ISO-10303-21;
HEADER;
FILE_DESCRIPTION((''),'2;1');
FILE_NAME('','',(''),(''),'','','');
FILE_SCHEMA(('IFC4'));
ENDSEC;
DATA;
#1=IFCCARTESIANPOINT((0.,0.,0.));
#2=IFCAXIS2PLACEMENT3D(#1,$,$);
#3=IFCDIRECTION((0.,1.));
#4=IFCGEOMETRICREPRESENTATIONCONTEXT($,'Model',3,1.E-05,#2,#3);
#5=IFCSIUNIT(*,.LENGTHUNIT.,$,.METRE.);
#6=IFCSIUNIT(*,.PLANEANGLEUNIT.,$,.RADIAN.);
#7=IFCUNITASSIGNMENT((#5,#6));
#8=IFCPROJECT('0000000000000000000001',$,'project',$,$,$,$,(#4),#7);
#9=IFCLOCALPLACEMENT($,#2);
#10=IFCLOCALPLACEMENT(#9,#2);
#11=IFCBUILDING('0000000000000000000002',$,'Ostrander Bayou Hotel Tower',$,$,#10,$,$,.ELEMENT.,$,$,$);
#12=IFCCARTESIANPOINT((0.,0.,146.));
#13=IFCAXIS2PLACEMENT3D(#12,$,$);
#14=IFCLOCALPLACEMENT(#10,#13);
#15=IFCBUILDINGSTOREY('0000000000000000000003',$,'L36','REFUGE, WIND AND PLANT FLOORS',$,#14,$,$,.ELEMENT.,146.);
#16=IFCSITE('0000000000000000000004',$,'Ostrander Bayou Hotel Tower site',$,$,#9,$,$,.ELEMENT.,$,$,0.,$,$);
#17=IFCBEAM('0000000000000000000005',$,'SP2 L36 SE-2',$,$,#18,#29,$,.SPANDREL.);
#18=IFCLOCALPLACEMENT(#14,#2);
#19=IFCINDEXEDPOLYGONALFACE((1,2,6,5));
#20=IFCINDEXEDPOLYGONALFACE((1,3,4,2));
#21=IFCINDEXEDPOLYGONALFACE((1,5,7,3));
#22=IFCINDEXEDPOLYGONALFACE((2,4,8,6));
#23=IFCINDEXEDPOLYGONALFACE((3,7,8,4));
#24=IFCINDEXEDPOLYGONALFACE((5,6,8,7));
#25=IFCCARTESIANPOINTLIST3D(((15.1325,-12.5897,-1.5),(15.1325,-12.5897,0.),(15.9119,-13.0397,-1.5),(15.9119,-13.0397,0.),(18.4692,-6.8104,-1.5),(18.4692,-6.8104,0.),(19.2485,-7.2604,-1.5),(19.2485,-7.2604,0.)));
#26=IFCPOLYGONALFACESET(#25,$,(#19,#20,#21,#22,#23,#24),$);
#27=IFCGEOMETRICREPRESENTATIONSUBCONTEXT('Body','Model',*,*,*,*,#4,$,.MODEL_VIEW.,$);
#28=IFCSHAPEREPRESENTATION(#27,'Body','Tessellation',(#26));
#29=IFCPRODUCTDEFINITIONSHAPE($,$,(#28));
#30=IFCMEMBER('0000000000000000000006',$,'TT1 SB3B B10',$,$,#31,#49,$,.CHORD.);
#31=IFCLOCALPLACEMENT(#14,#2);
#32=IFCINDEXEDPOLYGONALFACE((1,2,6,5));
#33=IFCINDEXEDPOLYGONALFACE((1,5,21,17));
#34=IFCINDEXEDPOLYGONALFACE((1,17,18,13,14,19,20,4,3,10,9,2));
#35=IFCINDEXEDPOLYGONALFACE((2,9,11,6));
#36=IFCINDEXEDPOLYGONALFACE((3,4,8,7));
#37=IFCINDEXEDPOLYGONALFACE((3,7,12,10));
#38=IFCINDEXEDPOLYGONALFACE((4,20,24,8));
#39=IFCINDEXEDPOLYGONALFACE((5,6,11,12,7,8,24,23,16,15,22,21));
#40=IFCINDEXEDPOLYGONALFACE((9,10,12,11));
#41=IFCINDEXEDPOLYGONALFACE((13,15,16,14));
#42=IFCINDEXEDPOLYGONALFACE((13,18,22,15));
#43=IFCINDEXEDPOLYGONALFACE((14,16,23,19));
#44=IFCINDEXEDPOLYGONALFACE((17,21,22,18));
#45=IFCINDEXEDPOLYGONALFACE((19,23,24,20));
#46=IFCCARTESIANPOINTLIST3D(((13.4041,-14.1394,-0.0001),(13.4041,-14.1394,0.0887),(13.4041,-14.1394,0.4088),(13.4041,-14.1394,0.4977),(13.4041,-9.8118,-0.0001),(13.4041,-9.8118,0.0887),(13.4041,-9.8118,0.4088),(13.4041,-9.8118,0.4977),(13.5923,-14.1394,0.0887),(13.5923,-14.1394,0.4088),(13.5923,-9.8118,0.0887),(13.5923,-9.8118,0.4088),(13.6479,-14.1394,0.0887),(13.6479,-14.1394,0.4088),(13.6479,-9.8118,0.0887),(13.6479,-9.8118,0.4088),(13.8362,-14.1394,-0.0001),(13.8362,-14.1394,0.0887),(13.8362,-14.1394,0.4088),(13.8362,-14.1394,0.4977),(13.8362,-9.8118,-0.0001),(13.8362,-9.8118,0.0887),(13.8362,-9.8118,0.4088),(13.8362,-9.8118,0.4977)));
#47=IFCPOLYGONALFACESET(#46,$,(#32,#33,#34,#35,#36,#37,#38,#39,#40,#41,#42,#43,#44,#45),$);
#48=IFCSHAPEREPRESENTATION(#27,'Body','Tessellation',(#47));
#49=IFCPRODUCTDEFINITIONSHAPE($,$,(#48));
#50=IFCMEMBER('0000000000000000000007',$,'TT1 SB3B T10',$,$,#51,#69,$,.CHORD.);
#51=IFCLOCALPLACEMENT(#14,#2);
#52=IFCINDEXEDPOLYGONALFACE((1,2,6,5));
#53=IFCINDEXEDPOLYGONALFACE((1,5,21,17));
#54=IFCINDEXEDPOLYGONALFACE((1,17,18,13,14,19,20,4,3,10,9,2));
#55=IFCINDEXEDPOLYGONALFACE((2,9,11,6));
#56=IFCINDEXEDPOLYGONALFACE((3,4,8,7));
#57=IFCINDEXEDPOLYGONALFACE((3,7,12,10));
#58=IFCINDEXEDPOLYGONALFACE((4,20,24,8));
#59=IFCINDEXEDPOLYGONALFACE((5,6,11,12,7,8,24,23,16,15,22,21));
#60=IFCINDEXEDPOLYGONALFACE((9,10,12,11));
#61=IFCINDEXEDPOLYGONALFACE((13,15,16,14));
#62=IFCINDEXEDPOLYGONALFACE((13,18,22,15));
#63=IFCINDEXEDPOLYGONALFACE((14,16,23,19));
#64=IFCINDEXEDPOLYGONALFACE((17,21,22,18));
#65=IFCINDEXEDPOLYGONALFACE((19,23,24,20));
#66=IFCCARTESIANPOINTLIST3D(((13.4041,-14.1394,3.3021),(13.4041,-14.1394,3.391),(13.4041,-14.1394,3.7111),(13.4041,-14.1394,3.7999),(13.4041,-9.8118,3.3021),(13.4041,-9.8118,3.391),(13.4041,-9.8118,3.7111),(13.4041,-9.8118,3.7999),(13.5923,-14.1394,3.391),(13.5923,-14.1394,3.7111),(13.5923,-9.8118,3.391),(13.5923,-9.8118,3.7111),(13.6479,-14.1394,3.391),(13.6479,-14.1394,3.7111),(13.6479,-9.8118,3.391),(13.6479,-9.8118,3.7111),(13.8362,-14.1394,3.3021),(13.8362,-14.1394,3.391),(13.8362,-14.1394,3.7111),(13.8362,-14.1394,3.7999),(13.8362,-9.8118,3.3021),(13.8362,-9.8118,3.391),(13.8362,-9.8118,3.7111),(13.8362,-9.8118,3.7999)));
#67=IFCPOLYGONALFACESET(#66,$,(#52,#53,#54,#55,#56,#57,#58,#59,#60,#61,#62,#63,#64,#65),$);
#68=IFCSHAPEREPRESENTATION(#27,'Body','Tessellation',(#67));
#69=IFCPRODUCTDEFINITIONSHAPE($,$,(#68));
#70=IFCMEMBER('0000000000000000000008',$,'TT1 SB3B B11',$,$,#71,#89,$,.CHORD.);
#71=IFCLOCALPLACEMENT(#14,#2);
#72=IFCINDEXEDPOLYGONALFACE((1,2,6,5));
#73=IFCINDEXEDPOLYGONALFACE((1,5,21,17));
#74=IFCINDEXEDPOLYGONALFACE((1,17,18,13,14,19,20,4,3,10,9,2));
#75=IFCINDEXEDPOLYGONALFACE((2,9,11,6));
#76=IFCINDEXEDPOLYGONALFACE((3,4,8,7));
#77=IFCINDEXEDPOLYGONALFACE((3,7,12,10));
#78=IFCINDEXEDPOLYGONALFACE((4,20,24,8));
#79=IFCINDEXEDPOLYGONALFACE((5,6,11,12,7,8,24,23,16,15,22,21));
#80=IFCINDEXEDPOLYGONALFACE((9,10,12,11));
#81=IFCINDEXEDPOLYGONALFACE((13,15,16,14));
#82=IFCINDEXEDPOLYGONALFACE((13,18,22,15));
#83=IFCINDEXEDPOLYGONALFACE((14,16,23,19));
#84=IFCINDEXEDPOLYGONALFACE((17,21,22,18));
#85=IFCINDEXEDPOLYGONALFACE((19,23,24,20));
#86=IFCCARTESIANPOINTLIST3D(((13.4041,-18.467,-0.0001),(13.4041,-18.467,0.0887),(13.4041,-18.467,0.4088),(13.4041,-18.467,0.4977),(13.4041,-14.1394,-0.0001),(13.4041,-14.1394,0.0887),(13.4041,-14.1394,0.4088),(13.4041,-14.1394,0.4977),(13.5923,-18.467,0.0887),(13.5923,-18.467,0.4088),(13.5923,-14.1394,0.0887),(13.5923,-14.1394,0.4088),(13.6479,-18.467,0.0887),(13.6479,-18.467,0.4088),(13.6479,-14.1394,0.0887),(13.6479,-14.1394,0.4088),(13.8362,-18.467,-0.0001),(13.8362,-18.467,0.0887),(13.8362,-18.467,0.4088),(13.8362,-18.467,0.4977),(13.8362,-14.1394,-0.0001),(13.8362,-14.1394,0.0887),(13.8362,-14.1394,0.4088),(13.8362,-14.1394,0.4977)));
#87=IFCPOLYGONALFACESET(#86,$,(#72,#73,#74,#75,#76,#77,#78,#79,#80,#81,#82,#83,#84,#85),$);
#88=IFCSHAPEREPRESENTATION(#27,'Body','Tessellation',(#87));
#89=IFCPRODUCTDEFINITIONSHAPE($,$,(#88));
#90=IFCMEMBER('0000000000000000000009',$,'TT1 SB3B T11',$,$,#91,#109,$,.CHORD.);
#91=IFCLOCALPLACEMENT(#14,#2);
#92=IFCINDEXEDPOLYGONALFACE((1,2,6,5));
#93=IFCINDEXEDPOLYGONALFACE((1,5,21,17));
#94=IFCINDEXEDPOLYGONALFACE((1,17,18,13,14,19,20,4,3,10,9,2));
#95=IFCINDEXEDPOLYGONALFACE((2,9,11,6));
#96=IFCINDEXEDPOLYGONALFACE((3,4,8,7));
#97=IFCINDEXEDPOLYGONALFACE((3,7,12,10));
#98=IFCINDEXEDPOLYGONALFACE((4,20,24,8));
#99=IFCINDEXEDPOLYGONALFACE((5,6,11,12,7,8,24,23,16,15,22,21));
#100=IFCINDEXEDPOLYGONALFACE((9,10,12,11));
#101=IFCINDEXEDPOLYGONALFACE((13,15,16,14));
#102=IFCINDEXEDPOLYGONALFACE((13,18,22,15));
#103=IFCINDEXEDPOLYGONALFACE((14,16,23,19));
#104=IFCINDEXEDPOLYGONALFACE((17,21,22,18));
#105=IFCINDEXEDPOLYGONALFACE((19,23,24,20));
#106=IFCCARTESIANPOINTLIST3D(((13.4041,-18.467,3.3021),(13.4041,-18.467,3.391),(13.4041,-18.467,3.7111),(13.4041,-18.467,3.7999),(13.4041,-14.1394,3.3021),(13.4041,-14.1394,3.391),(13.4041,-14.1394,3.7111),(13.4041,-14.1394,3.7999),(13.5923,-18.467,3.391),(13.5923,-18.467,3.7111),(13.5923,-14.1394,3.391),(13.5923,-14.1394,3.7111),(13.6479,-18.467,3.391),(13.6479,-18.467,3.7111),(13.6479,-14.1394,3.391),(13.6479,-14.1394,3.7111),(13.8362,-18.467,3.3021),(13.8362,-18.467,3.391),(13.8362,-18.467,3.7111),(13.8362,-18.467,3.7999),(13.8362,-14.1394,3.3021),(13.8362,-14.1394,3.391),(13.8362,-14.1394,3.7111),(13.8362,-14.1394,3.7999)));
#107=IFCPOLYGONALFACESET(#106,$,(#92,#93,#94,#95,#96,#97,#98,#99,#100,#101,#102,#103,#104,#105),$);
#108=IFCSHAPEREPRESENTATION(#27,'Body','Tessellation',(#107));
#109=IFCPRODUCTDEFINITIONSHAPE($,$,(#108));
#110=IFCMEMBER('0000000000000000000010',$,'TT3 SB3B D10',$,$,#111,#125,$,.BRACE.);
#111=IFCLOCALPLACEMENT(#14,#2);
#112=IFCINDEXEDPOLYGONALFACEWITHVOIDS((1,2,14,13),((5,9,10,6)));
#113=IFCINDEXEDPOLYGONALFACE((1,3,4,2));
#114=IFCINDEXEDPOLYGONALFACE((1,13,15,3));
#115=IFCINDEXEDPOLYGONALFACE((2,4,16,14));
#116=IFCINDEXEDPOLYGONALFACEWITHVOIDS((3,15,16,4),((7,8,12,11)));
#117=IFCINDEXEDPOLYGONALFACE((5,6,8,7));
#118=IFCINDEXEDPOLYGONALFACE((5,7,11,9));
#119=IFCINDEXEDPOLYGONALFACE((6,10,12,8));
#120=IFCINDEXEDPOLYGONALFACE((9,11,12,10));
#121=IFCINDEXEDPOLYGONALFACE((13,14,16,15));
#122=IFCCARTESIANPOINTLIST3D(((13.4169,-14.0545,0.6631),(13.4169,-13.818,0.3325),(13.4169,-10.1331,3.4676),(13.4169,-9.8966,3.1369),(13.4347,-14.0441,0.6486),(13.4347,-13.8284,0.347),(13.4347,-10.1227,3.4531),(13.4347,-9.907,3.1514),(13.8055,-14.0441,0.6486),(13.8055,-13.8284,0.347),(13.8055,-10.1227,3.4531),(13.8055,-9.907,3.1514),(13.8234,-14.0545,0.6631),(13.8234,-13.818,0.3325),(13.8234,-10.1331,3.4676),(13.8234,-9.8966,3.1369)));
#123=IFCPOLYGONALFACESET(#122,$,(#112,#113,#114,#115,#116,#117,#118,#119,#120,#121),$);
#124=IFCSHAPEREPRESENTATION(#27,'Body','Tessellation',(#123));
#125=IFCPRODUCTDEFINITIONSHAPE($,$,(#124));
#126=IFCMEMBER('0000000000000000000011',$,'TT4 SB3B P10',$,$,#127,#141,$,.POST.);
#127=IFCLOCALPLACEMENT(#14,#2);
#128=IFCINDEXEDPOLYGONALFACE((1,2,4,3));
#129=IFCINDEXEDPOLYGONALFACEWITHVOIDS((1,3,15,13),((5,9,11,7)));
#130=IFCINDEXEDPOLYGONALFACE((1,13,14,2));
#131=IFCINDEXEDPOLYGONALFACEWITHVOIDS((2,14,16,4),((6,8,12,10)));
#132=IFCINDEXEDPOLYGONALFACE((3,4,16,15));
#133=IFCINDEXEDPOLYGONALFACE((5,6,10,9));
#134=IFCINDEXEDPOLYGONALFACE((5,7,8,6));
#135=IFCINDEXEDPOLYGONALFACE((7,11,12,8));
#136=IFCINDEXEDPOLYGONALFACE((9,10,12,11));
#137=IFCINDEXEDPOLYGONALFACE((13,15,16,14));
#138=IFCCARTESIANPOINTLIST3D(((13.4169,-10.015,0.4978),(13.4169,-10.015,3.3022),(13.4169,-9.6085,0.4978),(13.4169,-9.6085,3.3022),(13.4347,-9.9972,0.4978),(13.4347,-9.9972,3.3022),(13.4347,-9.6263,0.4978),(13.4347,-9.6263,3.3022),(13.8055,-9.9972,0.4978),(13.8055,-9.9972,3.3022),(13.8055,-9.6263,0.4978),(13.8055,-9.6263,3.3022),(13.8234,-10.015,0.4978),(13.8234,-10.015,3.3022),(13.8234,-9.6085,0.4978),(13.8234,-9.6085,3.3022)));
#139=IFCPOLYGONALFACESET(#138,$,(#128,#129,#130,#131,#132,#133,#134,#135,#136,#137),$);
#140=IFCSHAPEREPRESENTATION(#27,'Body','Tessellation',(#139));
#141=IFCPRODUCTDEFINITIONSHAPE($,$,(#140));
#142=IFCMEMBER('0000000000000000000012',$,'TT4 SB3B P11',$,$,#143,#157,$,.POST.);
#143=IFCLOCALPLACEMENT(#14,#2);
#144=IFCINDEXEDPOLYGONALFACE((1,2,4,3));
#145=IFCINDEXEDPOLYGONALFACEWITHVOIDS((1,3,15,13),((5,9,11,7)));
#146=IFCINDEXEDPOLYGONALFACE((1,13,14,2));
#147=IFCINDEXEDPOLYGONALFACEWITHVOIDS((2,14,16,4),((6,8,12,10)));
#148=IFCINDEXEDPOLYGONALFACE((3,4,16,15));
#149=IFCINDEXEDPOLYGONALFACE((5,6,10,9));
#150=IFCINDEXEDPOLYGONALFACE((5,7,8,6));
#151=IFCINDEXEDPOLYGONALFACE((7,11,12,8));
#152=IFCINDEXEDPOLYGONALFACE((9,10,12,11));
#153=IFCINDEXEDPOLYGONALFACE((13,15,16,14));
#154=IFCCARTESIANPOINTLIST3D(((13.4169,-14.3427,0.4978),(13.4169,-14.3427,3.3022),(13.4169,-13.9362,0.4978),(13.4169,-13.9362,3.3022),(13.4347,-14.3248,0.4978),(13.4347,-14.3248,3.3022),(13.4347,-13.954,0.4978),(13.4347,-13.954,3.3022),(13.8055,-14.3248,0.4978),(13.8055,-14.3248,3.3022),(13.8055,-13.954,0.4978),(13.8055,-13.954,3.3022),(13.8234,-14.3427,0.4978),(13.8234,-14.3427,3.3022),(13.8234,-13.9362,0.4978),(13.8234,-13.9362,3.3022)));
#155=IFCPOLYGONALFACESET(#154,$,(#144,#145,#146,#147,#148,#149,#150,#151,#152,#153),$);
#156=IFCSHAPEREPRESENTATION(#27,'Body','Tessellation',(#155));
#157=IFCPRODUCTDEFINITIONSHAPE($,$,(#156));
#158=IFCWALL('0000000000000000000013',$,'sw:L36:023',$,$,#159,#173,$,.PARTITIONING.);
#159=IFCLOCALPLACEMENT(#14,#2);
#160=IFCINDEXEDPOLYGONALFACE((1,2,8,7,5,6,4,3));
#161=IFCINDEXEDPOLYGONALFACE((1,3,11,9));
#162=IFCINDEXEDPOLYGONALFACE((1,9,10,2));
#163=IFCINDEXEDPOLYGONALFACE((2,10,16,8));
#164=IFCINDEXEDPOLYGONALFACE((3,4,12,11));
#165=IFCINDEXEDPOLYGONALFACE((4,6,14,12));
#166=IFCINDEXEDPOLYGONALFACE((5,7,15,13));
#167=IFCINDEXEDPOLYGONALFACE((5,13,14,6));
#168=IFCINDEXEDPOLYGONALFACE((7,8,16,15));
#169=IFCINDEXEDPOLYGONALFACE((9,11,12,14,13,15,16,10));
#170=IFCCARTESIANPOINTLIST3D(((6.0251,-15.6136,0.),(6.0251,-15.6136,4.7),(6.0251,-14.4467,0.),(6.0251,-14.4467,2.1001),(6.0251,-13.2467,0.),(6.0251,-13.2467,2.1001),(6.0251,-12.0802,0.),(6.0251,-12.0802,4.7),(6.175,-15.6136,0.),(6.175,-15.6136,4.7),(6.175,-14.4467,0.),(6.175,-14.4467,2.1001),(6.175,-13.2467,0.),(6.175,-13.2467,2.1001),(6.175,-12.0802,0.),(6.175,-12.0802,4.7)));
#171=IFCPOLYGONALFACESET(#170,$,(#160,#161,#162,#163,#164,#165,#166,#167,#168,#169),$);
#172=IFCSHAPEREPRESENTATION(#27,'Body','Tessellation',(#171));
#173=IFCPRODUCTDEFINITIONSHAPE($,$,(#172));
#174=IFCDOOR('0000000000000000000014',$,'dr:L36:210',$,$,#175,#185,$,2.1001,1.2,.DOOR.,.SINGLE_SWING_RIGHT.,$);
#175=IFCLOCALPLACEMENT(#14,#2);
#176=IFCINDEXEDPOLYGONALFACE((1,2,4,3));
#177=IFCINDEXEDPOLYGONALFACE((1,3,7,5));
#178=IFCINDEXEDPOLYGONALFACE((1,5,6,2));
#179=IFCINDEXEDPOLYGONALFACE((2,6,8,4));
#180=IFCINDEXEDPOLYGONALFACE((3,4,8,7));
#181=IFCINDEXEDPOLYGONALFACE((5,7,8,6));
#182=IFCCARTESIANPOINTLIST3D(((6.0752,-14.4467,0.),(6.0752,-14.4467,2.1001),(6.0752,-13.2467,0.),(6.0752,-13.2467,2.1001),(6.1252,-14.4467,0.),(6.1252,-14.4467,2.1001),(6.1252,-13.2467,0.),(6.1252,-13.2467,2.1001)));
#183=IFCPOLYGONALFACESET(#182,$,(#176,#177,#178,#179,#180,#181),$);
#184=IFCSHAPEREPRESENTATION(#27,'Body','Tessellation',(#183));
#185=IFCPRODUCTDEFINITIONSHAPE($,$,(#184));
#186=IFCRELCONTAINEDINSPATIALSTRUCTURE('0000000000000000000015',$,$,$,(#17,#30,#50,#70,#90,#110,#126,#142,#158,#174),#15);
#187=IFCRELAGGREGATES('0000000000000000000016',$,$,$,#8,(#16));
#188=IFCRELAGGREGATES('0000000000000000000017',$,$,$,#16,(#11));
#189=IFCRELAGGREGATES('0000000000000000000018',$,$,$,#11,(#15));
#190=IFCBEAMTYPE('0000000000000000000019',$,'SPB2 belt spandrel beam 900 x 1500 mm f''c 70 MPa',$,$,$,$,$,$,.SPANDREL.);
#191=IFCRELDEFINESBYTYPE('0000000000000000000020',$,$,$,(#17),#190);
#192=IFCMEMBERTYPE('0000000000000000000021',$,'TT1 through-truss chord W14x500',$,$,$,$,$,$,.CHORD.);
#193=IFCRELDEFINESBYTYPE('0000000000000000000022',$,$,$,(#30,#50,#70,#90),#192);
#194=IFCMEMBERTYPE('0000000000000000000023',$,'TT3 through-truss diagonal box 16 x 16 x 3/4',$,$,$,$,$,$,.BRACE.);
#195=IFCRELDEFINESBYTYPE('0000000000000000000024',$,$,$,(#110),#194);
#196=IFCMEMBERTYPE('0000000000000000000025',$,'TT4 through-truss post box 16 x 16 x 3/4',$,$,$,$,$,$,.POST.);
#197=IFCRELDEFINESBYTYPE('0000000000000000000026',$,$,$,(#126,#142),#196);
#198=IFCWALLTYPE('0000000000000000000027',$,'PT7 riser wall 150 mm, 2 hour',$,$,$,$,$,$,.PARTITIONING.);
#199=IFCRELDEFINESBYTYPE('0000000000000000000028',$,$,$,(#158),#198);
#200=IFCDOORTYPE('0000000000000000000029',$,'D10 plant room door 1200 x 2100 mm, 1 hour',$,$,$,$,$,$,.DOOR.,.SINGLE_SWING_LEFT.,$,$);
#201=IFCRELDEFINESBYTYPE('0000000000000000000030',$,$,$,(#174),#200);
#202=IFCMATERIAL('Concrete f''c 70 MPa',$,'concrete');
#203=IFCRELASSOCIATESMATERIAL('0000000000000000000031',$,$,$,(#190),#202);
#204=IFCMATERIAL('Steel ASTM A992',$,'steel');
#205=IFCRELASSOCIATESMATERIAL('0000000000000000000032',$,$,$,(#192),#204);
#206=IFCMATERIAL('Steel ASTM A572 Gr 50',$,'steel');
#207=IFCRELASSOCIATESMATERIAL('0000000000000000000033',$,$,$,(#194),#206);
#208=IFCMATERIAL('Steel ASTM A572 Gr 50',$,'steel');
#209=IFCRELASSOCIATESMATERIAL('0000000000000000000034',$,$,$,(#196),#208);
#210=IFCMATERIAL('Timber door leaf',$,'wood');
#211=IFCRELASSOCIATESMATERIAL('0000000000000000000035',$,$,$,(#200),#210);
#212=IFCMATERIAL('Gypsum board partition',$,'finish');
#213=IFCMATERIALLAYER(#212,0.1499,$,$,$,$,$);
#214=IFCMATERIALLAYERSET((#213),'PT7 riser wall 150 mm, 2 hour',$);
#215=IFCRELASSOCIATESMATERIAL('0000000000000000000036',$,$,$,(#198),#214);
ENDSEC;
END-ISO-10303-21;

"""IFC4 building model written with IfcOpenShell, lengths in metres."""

from ifc_helpers import new_model, si_unit, direction, frame, frame_2d, origin, origin_2d, place, context, subcontext, project, spatial, rectangle, hollow_rectangle, i_section, extrude, material, layer, layer_set, material_profile, profile_set, type_object, element, fill, save


model = new_model("IFC4")

# Units and contexts
model_context = context("Model", 3, precision=1e-05, world=origin(), true_north=direction((0.0, 1.0)))
body_context = subcontext(model_context, "Body", "Model", "MODEL_VIEW")
ifc_project = project(units=[si_unit("LENGTHUNIT", "METRE"), si_unit("PLANEANGLEUNIT", "RADIAN")], contexts=[model_context])

# Site, building, storey
site_placement = place(None, origin())
site = spatial("IfcSite", under=ifc_project, at=site_placement, Name="Ostrander Bayou Hotel Tower site", CompositionType="ELEMENT", RefElevation=0.0)
building_placement = place(site_placement, origin())
building = spatial("IfcBuilding", under=site, at=building_placement, Name="Ostrander Bayou Hotel Tower", CompositionType="ELEMENT")
storey_placement = place(building_placement, frame((0.0, 0.0, 146.0)))
storey = spatial("IfcBuildingStorey", under=building, at=storey_placement, Name="L36", Description="REFUGE, WIND AND PLANT FLOORS", CompositionType="ELEMENT", Elevation=146.0)

# Beam
ifc_material_1 = material(Name="Concrete f'c 70 MPa", Category="concrete")
ifc_material_profile_1 = material_profile(ifc_material_1, rectangle(XDim=0.8999, YDim=1.5, at=origin_2d()))
ifc_profile_set_1 = profile_set([ifc_material_profile_1], Name="Concrete f'c 70 MPa")
beam_type_1 = type_object("IfcBeamType", Name="SPB2 belt spandrel beam 900 x 1500 mm f'c 70 MPa", PredefinedType="SPANDREL", material=ifc_profile_set_1)
beam_1_placement = place(storey_placement, frame((15.5222, -12.8147, -0.75), z_axis=(0.499999, 0.866026, 0.0), x_axis=(-0.866026, 0.499999, 0.0)))
element("IfcBeam", 1, at=beam_1_placement, inside=storey, type_object=beam_type_1, Name="SP2 L36 SE-2", PredefinedType="SPANDREL", context=body_context, shape_type="SweptSolid", body=[
    extrude(rectangle(XDim=0.8999, YDim=1.5, at=origin_2d()), origin(), (0.0, 0.0, 1.0), 6.6733),
])

# Members
ifc_material_2 = material(Name="Steel ASTM A992", Category="steel")
ifc_material_profile_2 = material_profile(ifc_material_2, i_section(OverallWidth=0.4321, OverallDepth=0.4978, WebThickness=0.0557, FlangeThickness=0.0889, at=origin_2d()))
ifc_profile_set_2 = profile_set([ifc_material_profile_2], Name="Steel ASTM A992")
member_type_1 = type_object("IfcMemberType", Name="TT1 through-truss chord W14x500", PredefinedType="CHORD", material=ifc_profile_set_2)
for number, where, z_axis, x_axis, name in (
    (2, (13.6201, -9.8118, 0.2488), (0.0, -1.0, 0.0), (1.0, 0.0, 0.0), "TT1 SB3B B10"),
    (3, (13.6201, -9.8118, 3.551), (0.0, -1.0, 0.0), (1.0, 0.0, 0.0), "TT1 SB3B T10"),
    (4, (13.6201, -14.1394, 0.2488), (0.0, -1.0, 0.0), (1.0, 0.0, 0.0), "TT1 SB3B B11"),
    (5, (13.6201, -14.1394, 3.551), (0.0, -1.0, 0.0), (1.0, 0.0, 0.0), "TT1 SB3B T11"),
):
    element("IfcMember", number, at=place(storey_placement, frame(where, z_axis=z_axis, x_axis=x_axis)), inside=storey, type_object=member_type_1, Name=name, PredefinedType="CHORD", context=body_context, shape_type="SweptSolid", body=[
        extrude(i_section(OverallWidth=0.4321, OverallDepth=0.4978, WebThickness=0.0557, FlangeThickness=0.0889, at=origin_2d()), origin(), (0.0, 0.0, 1.0), 4.3276),
    ])
ifc_material_3 = material(Name="Steel ASTM A572 Gr 50", Category="steel")
ifc_material_profile_3 = material_profile(ifc_material_3, hollow_rectangle(XDim=0.4065, YDim=0.4065, WallThickness=0.0178, at=origin_2d()))
ifc_profile_set_3 = profile_set([ifc_material_profile_3], Name="Steel ASTM A572 Gr 50")
member_type_2 = type_object("IfcMemberType", Name="TT3 through-truss diagonal box 16 x 16 x 3/4", PredefinedType="BRACE", material=ifc_profile_set_3)
member_1_placement = place(storey_placement, frame((13.6201, -13.9363, 0.4978), z_axis=(0.0, 0.813395, 0.581712), x_axis=(-1.0, 0.0, 0.0)))
element("IfcMember", 6, at=member_1_placement, inside=storey, type_object=member_type_2, Name="TT3 SB3B D10", PredefinedType="BRACE", context=body_context, shape_type="SweptSolid", body=[
    extrude(hollow_rectangle(XDim=0.4065, YDim=0.4065, WallThickness=0.0178, at=origin_2d()), origin(), (0.0, 0.0, 1.0), 4.821),
])
ifc_material_4 = material(Name="Steel ASTM A572 Gr 50", Category="steel")
ifc_material_profile_4 = material_profile(ifc_material_4, hollow_rectangle(XDim=0.4065, YDim=0.4065, WallThickness=0.0178, at=origin_2d()))
ifc_profile_set_4 = profile_set([ifc_material_profile_4], Name="Steel ASTM A572 Gr 50")
member_type_3 = type_object("IfcMemberType", Name="TT4 through-truss post box 16 x 16 x 3/4", PredefinedType="POST", material=ifc_profile_set_4)
for number, where, z_axis, x_axis, name in (
    (7, (13.6201, -9.8118, 0.4978), (0.0, 0.0, 1.0), (1.0, 0.0, 0.0), "TT4 SB3B P10"),
    (8, (13.6201, -14.1394, 0.4978), (0.0, 0.0, 1.0), (1.0, 0.0, 0.0), "TT4 SB3B P11"),
):
    element("IfcMember", number, at=place(storey_placement, frame(where, z_axis=z_axis, x_axis=x_axis)), inside=storey, type_object=member_type_3, Name=name, PredefinedType="POST", context=body_context, shape_type="SweptSolid", body=[
        extrude(hollow_rectangle(XDim=0.4065, YDim=0.4065, WallThickness=0.0178, at=origin_2d()), origin(), (0.0, 0.0, 1.0), 2.8044),
    ])

# Wall, opening, door
ifc_material_5 = material(Name="Timber door leaf", Category="wood")
door_type = type_object("IfcDoorType", Name="D10 plant room door 1200 x 2100 mm, 1 hour", OperationType="SINGLE_SWING_LEFT", PredefinedType="DOOR", material=ifc_material_5)
ifc_material_6 = material(Name="Gypsum board partition", Category="finish")
ifc_layer_1 = layer(ifc_material_6, 0.1499)
ifc_layer_set_1 = layer_set([ifc_layer_1], Name="PT7 riser wall 150 mm, 2 hour")
wall_type_1 = type_object("IfcWallType", Name="PT7 riser wall 150 mm, 2 hour", PredefinedType="PARTITIONING", material=ifc_layer_set_1)
wall_1_placement = place(storey_placement, frame((6.1001, -15.6135, 0.0), z_axis=(0.0, 0.0, 1.0), x_axis=(0.0, 1.0, 0.0)))
wall_1 = element("IfcWall", 9, at=wall_1_placement, inside=storey, type_object=wall_type_1, Name="sw:L36:023", PredefinedType="PARTITIONING", context=body_context, shape_type="SweptSolid", body=[
    extrude(rectangle(XDim=3.5334, YDim=0.1499, at=frame_2d((1.7666, 0.0))), origin(), (0.0, 0.0, 1.0), 4.7),
])
opening_1_placement = place(wall_1_placement, frame((1.1667, 0.0, 0.0)))
opening_1 = element("IfcOpeningElement", 10, at=opening_1_placement, cuts=wall_1, PredefinedType="OPENING", context=body_context, shape_type="SweptSolid", body=[
    extrude(rectangle(XDim=1.2, YDim=2.1001, at=frame_2d((0.6001, 1.05))), frame((0.0, 0.075, 0.0), z_axis=(0.0, -1.0, 0.0), x_axis=(1.0, 0.0, 0.0)), (0.0, 0.0, 1.0), 0.1499),
])
door_1_placement = place(opening_1_placement, origin())
door_1 = element("IfcDoor", 11, at=door_1_placement, inside=storey, type_object=door_type, Name="dr:L36:210", OperationType="SINGLE_SWING_RIGHT", OverallHeight=2.1001, OverallWidth=1.2, PredefinedType="DOOR", context=body_context, shape_type="SweptSolid", body=[
    extrude(rectangle(XDim=1.2, YDim=2.1001, at=frame_2d((0.6001, 1.05))), frame((0.0, 0.0249, 0.0), z_axis=(0.0, -1.0, 0.0), x_axis=(1.0, 0.0, 0.0)), (0.0, 0.0, 1.0), 0.05),
])
fill(opening_1, door_1)

save(model, "model.ifc")
